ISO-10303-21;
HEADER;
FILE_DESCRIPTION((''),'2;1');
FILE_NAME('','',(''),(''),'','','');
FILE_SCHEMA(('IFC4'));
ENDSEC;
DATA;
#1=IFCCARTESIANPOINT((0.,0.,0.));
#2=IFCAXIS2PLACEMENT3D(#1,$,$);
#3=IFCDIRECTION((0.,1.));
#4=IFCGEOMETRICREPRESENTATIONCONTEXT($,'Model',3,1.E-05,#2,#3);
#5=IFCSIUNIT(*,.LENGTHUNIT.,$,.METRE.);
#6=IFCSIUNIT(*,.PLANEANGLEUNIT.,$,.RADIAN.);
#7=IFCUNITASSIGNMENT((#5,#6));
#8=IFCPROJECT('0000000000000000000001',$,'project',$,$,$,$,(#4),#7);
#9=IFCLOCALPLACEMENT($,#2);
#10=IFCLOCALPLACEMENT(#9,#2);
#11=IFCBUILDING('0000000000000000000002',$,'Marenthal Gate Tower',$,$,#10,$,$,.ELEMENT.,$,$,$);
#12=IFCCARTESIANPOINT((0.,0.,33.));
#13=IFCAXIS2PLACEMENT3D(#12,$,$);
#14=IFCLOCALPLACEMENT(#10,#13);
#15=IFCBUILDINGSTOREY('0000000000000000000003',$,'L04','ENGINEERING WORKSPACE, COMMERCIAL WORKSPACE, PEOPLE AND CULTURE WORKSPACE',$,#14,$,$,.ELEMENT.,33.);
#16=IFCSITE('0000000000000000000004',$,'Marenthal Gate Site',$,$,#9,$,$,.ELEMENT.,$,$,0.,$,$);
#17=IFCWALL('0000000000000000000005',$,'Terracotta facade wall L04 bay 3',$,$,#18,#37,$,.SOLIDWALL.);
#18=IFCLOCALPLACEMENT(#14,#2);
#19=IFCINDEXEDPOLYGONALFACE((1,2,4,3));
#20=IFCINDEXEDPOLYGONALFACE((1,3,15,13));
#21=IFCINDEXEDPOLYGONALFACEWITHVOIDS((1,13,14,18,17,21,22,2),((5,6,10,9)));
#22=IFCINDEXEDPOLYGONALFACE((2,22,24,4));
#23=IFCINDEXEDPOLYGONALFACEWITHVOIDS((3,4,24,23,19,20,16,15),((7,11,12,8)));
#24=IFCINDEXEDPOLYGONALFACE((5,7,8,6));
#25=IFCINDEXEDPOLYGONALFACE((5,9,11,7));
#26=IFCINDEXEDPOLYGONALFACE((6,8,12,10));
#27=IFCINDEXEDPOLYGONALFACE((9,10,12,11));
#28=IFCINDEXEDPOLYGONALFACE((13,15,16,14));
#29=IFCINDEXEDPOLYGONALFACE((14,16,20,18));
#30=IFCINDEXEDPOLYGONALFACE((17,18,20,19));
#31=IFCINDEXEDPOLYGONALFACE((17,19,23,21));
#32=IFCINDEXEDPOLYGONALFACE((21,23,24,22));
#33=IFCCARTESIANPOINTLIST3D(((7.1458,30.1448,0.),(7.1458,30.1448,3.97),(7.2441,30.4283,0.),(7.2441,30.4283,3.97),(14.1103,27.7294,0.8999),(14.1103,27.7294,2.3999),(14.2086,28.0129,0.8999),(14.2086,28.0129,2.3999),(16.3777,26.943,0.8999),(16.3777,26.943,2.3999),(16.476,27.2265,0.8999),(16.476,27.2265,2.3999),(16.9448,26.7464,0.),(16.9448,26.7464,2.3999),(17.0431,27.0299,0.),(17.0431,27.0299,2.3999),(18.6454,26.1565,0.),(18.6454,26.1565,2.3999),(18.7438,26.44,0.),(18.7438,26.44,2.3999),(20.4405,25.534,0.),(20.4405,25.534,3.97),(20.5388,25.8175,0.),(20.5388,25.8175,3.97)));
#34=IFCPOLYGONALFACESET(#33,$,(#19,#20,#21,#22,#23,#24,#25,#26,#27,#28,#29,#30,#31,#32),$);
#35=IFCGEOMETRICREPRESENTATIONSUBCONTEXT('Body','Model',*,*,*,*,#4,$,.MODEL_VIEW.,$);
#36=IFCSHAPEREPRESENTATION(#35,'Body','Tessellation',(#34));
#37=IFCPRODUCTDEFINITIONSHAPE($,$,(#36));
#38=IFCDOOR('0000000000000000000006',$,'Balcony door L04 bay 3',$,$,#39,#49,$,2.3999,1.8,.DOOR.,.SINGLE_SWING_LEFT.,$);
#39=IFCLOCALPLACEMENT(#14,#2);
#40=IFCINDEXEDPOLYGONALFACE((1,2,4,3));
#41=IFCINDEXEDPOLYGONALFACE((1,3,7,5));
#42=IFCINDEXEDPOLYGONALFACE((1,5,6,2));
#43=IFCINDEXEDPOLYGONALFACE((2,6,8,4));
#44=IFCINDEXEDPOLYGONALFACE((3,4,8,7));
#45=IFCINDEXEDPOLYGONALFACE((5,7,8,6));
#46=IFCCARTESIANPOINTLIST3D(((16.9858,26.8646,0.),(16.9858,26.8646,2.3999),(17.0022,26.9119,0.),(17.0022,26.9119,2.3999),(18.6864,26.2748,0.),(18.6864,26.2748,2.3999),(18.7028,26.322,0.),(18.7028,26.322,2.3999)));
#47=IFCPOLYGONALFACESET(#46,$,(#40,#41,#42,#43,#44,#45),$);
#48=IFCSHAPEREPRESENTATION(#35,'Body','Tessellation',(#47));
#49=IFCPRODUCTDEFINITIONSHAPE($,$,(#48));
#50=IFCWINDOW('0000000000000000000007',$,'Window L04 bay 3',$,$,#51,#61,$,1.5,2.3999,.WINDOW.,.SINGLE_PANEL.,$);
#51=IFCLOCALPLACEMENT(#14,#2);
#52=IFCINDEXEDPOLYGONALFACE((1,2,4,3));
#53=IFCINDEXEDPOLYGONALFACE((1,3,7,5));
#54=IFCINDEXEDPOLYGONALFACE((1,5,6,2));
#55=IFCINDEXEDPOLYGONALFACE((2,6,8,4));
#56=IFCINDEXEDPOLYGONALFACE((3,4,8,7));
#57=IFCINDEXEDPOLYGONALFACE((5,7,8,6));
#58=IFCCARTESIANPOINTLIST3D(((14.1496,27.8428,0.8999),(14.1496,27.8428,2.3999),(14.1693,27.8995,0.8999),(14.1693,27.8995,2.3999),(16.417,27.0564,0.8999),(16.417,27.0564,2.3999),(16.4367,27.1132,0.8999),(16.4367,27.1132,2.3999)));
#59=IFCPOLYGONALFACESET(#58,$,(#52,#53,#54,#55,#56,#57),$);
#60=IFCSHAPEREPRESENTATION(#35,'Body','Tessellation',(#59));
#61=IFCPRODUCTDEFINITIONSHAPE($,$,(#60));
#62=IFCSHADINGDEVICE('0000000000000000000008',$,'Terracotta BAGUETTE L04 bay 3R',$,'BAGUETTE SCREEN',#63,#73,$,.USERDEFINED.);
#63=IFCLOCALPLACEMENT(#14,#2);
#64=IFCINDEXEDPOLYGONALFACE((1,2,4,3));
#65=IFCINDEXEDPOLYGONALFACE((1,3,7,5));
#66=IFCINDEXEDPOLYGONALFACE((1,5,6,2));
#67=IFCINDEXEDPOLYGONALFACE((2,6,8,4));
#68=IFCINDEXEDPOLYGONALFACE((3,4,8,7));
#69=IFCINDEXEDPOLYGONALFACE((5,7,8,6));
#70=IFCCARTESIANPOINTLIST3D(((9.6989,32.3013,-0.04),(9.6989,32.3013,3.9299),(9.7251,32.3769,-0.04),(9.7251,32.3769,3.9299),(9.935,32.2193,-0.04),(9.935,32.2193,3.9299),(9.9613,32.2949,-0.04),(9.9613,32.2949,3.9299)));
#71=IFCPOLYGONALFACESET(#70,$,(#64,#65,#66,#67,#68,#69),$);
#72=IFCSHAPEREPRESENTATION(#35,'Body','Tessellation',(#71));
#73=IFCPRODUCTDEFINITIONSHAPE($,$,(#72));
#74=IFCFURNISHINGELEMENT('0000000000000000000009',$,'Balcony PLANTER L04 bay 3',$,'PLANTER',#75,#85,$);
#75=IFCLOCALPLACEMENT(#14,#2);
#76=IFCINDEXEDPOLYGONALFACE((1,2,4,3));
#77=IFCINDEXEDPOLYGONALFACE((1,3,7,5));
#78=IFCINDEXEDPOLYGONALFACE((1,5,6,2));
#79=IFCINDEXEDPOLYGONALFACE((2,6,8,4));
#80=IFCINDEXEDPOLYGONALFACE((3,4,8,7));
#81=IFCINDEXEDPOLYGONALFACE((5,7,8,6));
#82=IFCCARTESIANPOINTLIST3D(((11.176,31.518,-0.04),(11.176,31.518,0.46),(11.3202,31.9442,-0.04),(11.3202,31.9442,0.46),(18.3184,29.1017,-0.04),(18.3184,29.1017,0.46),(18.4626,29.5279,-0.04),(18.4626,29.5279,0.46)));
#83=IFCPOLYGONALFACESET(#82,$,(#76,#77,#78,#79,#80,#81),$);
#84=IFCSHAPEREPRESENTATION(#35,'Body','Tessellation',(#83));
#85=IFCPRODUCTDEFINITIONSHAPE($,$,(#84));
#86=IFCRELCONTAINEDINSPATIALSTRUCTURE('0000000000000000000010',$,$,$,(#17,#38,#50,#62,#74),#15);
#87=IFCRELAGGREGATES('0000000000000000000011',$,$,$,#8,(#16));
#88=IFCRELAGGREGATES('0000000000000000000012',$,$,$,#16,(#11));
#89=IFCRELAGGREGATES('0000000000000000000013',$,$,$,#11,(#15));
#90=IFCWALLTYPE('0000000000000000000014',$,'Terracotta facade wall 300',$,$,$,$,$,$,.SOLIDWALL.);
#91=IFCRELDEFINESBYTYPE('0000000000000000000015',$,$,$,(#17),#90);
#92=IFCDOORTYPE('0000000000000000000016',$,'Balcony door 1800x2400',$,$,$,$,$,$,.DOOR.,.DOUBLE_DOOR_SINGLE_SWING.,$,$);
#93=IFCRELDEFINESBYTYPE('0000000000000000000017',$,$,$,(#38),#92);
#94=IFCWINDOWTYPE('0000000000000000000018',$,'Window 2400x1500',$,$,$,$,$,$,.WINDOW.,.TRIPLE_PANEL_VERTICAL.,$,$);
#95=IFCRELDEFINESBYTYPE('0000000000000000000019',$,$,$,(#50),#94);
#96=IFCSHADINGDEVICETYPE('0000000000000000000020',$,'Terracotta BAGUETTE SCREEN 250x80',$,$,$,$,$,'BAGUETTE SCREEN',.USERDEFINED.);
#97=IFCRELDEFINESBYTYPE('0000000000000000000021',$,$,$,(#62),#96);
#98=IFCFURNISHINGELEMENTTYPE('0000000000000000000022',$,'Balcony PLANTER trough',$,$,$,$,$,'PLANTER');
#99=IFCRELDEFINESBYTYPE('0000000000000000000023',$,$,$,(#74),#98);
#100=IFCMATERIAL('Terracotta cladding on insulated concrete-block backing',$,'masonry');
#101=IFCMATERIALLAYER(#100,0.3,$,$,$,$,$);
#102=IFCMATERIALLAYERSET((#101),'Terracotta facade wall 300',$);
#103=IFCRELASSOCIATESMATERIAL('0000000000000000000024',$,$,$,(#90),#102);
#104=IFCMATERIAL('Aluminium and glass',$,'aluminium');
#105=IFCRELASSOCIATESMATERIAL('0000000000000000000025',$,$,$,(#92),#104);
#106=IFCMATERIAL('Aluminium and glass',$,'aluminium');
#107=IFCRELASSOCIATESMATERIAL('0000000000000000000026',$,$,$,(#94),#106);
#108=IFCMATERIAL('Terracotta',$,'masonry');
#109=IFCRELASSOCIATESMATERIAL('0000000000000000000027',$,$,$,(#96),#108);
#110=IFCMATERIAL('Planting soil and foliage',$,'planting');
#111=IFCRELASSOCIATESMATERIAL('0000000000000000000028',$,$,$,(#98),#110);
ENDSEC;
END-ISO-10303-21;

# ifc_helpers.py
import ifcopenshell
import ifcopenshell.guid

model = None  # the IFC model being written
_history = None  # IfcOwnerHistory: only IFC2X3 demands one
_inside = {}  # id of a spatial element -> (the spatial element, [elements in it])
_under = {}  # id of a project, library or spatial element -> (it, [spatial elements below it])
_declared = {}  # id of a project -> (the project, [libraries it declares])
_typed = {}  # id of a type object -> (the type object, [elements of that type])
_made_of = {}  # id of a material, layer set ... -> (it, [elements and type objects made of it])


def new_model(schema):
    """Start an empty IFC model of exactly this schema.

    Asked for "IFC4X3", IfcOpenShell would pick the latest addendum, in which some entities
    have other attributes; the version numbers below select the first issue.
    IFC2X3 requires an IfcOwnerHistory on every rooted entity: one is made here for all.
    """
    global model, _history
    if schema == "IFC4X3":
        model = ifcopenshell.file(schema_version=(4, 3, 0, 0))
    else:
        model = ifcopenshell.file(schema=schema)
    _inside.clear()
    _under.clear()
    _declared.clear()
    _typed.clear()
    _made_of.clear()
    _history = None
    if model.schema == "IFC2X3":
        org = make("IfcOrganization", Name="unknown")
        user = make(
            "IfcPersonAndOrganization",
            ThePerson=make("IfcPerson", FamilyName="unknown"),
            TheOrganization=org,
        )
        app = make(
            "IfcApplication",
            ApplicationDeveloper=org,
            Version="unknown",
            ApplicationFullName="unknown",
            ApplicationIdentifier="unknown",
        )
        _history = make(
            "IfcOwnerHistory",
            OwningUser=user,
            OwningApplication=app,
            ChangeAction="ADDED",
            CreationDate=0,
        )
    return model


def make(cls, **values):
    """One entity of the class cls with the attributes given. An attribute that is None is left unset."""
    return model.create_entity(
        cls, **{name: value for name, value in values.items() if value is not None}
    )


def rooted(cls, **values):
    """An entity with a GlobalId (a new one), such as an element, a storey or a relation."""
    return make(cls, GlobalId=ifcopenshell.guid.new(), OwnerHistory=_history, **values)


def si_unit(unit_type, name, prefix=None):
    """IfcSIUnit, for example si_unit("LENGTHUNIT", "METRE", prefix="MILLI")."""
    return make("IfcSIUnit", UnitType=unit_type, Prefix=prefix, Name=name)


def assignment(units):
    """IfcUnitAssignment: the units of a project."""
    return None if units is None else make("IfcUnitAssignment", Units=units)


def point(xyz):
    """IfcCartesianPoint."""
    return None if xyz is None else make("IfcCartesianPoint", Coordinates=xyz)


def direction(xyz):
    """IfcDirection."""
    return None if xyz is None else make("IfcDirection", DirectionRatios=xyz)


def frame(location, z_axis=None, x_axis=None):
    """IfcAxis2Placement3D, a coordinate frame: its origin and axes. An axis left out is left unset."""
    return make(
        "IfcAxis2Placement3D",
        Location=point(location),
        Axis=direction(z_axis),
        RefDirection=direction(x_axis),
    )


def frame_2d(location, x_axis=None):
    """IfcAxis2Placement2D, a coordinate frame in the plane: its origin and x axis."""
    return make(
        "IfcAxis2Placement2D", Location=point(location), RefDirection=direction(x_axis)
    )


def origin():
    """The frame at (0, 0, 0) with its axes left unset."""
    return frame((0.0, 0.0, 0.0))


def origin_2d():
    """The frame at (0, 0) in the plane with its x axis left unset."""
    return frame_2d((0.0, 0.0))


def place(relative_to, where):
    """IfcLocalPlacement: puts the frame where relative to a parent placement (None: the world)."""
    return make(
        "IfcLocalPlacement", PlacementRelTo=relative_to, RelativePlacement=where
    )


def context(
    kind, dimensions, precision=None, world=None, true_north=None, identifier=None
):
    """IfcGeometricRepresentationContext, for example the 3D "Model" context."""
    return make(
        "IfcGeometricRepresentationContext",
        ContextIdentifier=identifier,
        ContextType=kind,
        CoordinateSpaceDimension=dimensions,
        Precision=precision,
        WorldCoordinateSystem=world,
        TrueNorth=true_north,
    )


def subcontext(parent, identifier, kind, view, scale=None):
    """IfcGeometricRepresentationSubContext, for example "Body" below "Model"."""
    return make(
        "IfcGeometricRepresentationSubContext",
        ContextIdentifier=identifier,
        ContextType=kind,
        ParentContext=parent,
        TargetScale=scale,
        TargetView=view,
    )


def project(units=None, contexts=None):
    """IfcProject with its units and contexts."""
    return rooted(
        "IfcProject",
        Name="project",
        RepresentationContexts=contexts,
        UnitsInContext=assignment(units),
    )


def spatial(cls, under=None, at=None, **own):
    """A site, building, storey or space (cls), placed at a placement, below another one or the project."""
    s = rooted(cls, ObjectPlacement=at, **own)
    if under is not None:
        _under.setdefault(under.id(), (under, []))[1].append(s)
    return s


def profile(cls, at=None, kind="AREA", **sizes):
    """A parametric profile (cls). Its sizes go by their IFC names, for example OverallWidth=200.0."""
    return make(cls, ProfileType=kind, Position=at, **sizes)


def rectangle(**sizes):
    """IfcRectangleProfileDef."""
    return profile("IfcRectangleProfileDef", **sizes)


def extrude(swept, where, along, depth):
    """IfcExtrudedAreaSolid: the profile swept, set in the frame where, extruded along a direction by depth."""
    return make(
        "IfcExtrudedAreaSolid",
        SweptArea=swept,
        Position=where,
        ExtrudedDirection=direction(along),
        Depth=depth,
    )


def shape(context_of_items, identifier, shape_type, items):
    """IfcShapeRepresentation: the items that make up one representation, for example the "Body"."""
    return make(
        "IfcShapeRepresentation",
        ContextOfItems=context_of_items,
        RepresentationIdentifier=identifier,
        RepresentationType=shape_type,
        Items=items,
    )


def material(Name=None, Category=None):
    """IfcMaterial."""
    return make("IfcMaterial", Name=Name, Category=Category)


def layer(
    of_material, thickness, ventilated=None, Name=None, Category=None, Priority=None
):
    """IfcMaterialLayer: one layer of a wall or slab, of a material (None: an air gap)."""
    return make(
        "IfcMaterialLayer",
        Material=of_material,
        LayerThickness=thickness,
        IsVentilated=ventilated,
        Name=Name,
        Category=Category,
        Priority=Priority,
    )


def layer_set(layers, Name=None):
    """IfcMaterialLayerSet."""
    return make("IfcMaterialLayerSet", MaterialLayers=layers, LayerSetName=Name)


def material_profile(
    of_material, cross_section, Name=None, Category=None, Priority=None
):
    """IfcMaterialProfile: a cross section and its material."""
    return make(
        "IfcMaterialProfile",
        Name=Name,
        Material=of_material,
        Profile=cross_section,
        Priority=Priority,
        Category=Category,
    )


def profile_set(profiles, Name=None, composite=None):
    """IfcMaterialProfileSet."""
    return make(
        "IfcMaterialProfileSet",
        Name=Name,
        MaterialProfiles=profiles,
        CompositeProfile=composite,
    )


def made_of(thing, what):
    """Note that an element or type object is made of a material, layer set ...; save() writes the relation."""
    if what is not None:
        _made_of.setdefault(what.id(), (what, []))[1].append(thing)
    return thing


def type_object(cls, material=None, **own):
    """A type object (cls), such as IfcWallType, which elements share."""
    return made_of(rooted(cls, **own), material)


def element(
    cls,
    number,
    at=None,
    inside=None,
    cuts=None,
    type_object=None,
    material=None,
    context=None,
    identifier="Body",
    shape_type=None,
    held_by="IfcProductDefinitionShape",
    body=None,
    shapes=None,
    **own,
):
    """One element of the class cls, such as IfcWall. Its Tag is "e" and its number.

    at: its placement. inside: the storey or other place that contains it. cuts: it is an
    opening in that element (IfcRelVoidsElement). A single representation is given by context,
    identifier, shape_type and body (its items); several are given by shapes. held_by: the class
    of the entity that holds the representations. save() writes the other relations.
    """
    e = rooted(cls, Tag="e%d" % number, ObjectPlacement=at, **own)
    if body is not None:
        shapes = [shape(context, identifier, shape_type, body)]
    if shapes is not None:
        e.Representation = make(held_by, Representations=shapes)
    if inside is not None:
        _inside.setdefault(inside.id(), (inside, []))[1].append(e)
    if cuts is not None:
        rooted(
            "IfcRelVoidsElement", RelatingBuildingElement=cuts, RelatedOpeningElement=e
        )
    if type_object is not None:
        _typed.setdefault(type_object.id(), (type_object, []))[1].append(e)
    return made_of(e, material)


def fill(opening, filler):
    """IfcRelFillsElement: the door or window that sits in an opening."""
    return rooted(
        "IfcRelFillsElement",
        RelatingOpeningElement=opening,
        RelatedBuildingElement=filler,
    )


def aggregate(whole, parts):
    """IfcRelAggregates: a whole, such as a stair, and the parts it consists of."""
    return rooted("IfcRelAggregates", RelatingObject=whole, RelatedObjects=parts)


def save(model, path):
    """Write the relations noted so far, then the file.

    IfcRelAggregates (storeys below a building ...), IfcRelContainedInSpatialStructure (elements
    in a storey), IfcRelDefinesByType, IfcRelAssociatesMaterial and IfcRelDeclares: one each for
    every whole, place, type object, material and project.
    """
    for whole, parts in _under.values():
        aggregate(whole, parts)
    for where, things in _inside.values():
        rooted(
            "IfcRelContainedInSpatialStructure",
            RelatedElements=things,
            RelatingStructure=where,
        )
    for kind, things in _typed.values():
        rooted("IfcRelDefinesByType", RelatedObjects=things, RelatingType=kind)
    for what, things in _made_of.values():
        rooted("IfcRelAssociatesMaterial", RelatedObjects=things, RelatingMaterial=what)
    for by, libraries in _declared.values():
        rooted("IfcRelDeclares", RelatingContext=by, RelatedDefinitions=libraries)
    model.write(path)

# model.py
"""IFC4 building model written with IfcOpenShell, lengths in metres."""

from ifc_helpers import new_model, si_unit, direction, frame, frame_2d, origin, origin_2d, place, context, subcontext, project, spatial, rectangle, extrude, material, layer, layer_set, material_profile, profile_set, type_object, element, fill, save


model = new_model("IFC4")

# Units and contexts
model_context = context("Model", 3, precision=1e-05, world=origin(), true_north=direction((0.0, 1.0)))
body_context = subcontext(model_context, "Body", "Model", "MODEL_VIEW")
ifc_project = project(units=[si_unit("LENGTHUNIT", "METRE"), si_unit("PLANEANGLEUNIT", "RADIAN")], contexts=[model_context])

# Site, building, storey
site_placement = place(None, origin())
site = spatial("IfcSite", under=ifc_project, at=site_placement, Name="Marenthal Gate Site", CompositionType="ELEMENT", RefElevation=0.0)
building_placement = place(site_placement, origin())
building = spatial("IfcBuilding", under=site, at=building_placement, Name="Marenthal Gate Tower", CompositionType="ELEMENT")
storey_placement = place(building_placement, frame((0.0, 0.0, 33.0)))
storey = spatial("IfcBuildingStorey", under=building, at=storey_placement, Name="L04", Description="ENGINEERING WORKSPACE, COMMERCIAL WORKSPACE, PEOPLE AND CULTURE WORKSPACE", CompositionType="ELEMENT", Elevation=33.0)

# Wall, openings, door, window
ifc_material_1 = material(Name="Terracotta cladding on insulated concrete-block backing", Category="masonry")
ifc_layer_1 = layer(ifc_material_1, 0.3)
ifc_layer_set_1 = layer_set([ifc_layer_1], Name="Terracotta facade wall 300")
wall_type_1 = type_object("IfcWallType", Name="Terracotta facade wall 300", PredefinedType="SOLIDWALL", material=ifc_layer_set_1)
wall_1_placement = place(storey_placement, frame((20.4895, 25.6758, 0.0), z_axis=(0.0, 0.0, 1.0), x_axis=(-0.944792, 0.327671, 0.0)))
wall_1 = element("IfcWall", 1, at=wall_1_placement, inside=storey, type_object=wall_type_1, Name="Terracotta facade wall L04 bay 3", PredefinedType="SOLIDWALL", context=body_context, shape_type="SweptSolid", body=[
    extrude(rectangle(XDim=14.0715, YDim=0.3, at=frame_2d((7.0356, 0.0))), origin(), (0.0, 0.0, 1.0), 3.97),
])
opening_1_placement = place(wall_1_placement, frame((1.8999, 0.0, 0.0)))
opening_1 = element("IfcOpeningElement", 2, at=opening_1_placement, cuts=wall_1, PredefinedType="OPENING", context=body_context, shape_type="SweptSolid", body=[
    extrude(rectangle(XDim=1.8, YDim=2.3999, at=frame_2d((0.8999, 1.2))), frame((0.0, 0.1602, 0.0), z_axis=(0.0, -1.0, 0.0), x_axis=(1.0, 0.0, 0.0)), (0.0, 0.0, 1.0), 0.3201),
])
opening_2_placement = place(wall_1_placement, frame((4.3, 0.0, 0.8999)))
opening_2 = element("IfcOpeningElement", 3, at=opening_2_placement, cuts=wall_1, PredefinedType="OPENING", context=body_context, shape_type="SweptSolid", body=[
    extrude(rectangle(XDim=2.3999, YDim=1.5, at=frame_2d((1.2, 0.75))), frame((0.0, 0.1602, 0.0), z_axis=(0.0, -1.0, 0.0), x_axis=(1.0, 0.0, 0.0)), (0.0, 0.0, 1.0), 0.3201),
])
ifc_material_2 = material(Name="Aluminium and glass", Category="aluminium")
door_type_1 = type_object("IfcDoorType", Name="Balcony door 1800x2400", OperationType="DOUBLE_DOOR_SINGLE_SWING", PredefinedType="DOOR", material=ifc_material_2)
door_1_placement = place(opening_1_placement, origin())
door_1 = element("IfcDoor", 4, at=door_1_placement, inside=storey, type_object=door_type_1, Name="Balcony door L04 bay 3", OperationType="SINGLE_SWING_LEFT", OverallHeight=2.3999, OverallWidth=1.8, PredefinedType="DOOR", context=body_context, shape_type="SweptSolid", body=[
    extrude(rectangle(XDim=1.8, YDim=2.3999, at=frame_2d((0.8999, 1.2))), frame((0.0, 0.0249, 0.0), z_axis=(0.0, -1.0, 0.0), x_axis=(1.0, 0.0, 0.0)), (0.0, 0.0, 1.0), 0.05),
])
fill(opening_1, door_1)
ifc_material_3 = material(Name="Aluminium and glass", Category="aluminium")
window_type = type_object("IfcWindowType", Name="Window 2400x1500", PartitioningType="TRIPLE_PANEL_VERTICAL", PredefinedType="WINDOW", material=ifc_material_3)
window_placement = place(opening_2_placement, origin())
window = element("IfcWindow", 5, at=window_placement, inside=storey, type_object=window_type, Name="Window L04 bay 3", OverallHeight=1.5, OverallWidth=2.3999, PartitioningType="SINGLE_PANEL", PredefinedType="WINDOW", context=body_context, shape_type="SweptSolid", body=[
    extrude(rectangle(XDim=2.3999, YDim=1.5, at=frame_2d((1.2, 0.75))), frame((0.0, 0.03, 0.0), z_axis=(0.0, -1.0, 0.0), x_axis=(1.0, 0.0, 0.0)), (0.0, 0.0, 1.0), 0.0601),
])
fill(opening_2, window)

# Shading device
ifc_material_4 = material(Name="Terracotta", Category="masonry")
ifc_material_profile_1 = material_profile(ifc_material_4, rectangle(XDim=0.25, YDim=0.0801, at=origin_2d()), Name="Terracotta baguette 250x80")
ifc_profile_set_1 = profile_set([ifc_material_profile_1], Name="Terracotta")
shading_device_type = type_object("IfcShadingDeviceType", Name="Terracotta BAGUETTE SCREEN 250x80", ElementType="BAGUETTE SCREEN", PredefinedType="USERDEFINED", material=ifc_profile_set_1)
shading_device_placement = place(storey_placement, frame((9.8301, 32.2981, -0.04), z_axis=(0.0, 0.0, 1.0), x_axis=(-0.944708, 0.327912, 0.0)))
element("IfcShadingDevice", 6, at=shading_device_placement, inside=storey, type_object=shading_device_type, Name="Terracotta BAGUETTE L04 bay 3R", ObjectType="BAGUETTE SCREEN", PredefinedType="USERDEFINED", context=body_context, shape_type="SweptSolid", body=[
    extrude(rectangle(XDim=0.25, YDim=0.0801, at=origin_2d()), origin(), (0.0, 0.0, 1.0), 3.97),
])

# Furnishing element
ifc_material_5 = material(Name="Planting soil and foliage", Category="planting")
furnishing_element_type = type_object("IfcFurnishingElementType", Name="Balcony PLANTER trough", ElementType="PLANTER", material=ifc_material_5)
furnishing_placement = place(storey_placement, frame((14.8193, 30.5229, -0.04), z_axis=(0.0, 0.0, 1.0), x_axis=(-0.947263, 0.320458, 0.0)))
element("IfcFurnishingElement", 7, at=furnishing_placement, inside=storey, type_object=furnishing_element_type, Name="Balcony PLANTER L04 bay 3", ObjectType="PLANTER", context=body_context, shape_type="SweptSolid", body=[
    extrude(rectangle(XDim=7.54, YDim=0.45, at=origin_2d()), origin(), (0.0, 0.0, 1.0), 0.5),
])

save(model, "model.ifc")
